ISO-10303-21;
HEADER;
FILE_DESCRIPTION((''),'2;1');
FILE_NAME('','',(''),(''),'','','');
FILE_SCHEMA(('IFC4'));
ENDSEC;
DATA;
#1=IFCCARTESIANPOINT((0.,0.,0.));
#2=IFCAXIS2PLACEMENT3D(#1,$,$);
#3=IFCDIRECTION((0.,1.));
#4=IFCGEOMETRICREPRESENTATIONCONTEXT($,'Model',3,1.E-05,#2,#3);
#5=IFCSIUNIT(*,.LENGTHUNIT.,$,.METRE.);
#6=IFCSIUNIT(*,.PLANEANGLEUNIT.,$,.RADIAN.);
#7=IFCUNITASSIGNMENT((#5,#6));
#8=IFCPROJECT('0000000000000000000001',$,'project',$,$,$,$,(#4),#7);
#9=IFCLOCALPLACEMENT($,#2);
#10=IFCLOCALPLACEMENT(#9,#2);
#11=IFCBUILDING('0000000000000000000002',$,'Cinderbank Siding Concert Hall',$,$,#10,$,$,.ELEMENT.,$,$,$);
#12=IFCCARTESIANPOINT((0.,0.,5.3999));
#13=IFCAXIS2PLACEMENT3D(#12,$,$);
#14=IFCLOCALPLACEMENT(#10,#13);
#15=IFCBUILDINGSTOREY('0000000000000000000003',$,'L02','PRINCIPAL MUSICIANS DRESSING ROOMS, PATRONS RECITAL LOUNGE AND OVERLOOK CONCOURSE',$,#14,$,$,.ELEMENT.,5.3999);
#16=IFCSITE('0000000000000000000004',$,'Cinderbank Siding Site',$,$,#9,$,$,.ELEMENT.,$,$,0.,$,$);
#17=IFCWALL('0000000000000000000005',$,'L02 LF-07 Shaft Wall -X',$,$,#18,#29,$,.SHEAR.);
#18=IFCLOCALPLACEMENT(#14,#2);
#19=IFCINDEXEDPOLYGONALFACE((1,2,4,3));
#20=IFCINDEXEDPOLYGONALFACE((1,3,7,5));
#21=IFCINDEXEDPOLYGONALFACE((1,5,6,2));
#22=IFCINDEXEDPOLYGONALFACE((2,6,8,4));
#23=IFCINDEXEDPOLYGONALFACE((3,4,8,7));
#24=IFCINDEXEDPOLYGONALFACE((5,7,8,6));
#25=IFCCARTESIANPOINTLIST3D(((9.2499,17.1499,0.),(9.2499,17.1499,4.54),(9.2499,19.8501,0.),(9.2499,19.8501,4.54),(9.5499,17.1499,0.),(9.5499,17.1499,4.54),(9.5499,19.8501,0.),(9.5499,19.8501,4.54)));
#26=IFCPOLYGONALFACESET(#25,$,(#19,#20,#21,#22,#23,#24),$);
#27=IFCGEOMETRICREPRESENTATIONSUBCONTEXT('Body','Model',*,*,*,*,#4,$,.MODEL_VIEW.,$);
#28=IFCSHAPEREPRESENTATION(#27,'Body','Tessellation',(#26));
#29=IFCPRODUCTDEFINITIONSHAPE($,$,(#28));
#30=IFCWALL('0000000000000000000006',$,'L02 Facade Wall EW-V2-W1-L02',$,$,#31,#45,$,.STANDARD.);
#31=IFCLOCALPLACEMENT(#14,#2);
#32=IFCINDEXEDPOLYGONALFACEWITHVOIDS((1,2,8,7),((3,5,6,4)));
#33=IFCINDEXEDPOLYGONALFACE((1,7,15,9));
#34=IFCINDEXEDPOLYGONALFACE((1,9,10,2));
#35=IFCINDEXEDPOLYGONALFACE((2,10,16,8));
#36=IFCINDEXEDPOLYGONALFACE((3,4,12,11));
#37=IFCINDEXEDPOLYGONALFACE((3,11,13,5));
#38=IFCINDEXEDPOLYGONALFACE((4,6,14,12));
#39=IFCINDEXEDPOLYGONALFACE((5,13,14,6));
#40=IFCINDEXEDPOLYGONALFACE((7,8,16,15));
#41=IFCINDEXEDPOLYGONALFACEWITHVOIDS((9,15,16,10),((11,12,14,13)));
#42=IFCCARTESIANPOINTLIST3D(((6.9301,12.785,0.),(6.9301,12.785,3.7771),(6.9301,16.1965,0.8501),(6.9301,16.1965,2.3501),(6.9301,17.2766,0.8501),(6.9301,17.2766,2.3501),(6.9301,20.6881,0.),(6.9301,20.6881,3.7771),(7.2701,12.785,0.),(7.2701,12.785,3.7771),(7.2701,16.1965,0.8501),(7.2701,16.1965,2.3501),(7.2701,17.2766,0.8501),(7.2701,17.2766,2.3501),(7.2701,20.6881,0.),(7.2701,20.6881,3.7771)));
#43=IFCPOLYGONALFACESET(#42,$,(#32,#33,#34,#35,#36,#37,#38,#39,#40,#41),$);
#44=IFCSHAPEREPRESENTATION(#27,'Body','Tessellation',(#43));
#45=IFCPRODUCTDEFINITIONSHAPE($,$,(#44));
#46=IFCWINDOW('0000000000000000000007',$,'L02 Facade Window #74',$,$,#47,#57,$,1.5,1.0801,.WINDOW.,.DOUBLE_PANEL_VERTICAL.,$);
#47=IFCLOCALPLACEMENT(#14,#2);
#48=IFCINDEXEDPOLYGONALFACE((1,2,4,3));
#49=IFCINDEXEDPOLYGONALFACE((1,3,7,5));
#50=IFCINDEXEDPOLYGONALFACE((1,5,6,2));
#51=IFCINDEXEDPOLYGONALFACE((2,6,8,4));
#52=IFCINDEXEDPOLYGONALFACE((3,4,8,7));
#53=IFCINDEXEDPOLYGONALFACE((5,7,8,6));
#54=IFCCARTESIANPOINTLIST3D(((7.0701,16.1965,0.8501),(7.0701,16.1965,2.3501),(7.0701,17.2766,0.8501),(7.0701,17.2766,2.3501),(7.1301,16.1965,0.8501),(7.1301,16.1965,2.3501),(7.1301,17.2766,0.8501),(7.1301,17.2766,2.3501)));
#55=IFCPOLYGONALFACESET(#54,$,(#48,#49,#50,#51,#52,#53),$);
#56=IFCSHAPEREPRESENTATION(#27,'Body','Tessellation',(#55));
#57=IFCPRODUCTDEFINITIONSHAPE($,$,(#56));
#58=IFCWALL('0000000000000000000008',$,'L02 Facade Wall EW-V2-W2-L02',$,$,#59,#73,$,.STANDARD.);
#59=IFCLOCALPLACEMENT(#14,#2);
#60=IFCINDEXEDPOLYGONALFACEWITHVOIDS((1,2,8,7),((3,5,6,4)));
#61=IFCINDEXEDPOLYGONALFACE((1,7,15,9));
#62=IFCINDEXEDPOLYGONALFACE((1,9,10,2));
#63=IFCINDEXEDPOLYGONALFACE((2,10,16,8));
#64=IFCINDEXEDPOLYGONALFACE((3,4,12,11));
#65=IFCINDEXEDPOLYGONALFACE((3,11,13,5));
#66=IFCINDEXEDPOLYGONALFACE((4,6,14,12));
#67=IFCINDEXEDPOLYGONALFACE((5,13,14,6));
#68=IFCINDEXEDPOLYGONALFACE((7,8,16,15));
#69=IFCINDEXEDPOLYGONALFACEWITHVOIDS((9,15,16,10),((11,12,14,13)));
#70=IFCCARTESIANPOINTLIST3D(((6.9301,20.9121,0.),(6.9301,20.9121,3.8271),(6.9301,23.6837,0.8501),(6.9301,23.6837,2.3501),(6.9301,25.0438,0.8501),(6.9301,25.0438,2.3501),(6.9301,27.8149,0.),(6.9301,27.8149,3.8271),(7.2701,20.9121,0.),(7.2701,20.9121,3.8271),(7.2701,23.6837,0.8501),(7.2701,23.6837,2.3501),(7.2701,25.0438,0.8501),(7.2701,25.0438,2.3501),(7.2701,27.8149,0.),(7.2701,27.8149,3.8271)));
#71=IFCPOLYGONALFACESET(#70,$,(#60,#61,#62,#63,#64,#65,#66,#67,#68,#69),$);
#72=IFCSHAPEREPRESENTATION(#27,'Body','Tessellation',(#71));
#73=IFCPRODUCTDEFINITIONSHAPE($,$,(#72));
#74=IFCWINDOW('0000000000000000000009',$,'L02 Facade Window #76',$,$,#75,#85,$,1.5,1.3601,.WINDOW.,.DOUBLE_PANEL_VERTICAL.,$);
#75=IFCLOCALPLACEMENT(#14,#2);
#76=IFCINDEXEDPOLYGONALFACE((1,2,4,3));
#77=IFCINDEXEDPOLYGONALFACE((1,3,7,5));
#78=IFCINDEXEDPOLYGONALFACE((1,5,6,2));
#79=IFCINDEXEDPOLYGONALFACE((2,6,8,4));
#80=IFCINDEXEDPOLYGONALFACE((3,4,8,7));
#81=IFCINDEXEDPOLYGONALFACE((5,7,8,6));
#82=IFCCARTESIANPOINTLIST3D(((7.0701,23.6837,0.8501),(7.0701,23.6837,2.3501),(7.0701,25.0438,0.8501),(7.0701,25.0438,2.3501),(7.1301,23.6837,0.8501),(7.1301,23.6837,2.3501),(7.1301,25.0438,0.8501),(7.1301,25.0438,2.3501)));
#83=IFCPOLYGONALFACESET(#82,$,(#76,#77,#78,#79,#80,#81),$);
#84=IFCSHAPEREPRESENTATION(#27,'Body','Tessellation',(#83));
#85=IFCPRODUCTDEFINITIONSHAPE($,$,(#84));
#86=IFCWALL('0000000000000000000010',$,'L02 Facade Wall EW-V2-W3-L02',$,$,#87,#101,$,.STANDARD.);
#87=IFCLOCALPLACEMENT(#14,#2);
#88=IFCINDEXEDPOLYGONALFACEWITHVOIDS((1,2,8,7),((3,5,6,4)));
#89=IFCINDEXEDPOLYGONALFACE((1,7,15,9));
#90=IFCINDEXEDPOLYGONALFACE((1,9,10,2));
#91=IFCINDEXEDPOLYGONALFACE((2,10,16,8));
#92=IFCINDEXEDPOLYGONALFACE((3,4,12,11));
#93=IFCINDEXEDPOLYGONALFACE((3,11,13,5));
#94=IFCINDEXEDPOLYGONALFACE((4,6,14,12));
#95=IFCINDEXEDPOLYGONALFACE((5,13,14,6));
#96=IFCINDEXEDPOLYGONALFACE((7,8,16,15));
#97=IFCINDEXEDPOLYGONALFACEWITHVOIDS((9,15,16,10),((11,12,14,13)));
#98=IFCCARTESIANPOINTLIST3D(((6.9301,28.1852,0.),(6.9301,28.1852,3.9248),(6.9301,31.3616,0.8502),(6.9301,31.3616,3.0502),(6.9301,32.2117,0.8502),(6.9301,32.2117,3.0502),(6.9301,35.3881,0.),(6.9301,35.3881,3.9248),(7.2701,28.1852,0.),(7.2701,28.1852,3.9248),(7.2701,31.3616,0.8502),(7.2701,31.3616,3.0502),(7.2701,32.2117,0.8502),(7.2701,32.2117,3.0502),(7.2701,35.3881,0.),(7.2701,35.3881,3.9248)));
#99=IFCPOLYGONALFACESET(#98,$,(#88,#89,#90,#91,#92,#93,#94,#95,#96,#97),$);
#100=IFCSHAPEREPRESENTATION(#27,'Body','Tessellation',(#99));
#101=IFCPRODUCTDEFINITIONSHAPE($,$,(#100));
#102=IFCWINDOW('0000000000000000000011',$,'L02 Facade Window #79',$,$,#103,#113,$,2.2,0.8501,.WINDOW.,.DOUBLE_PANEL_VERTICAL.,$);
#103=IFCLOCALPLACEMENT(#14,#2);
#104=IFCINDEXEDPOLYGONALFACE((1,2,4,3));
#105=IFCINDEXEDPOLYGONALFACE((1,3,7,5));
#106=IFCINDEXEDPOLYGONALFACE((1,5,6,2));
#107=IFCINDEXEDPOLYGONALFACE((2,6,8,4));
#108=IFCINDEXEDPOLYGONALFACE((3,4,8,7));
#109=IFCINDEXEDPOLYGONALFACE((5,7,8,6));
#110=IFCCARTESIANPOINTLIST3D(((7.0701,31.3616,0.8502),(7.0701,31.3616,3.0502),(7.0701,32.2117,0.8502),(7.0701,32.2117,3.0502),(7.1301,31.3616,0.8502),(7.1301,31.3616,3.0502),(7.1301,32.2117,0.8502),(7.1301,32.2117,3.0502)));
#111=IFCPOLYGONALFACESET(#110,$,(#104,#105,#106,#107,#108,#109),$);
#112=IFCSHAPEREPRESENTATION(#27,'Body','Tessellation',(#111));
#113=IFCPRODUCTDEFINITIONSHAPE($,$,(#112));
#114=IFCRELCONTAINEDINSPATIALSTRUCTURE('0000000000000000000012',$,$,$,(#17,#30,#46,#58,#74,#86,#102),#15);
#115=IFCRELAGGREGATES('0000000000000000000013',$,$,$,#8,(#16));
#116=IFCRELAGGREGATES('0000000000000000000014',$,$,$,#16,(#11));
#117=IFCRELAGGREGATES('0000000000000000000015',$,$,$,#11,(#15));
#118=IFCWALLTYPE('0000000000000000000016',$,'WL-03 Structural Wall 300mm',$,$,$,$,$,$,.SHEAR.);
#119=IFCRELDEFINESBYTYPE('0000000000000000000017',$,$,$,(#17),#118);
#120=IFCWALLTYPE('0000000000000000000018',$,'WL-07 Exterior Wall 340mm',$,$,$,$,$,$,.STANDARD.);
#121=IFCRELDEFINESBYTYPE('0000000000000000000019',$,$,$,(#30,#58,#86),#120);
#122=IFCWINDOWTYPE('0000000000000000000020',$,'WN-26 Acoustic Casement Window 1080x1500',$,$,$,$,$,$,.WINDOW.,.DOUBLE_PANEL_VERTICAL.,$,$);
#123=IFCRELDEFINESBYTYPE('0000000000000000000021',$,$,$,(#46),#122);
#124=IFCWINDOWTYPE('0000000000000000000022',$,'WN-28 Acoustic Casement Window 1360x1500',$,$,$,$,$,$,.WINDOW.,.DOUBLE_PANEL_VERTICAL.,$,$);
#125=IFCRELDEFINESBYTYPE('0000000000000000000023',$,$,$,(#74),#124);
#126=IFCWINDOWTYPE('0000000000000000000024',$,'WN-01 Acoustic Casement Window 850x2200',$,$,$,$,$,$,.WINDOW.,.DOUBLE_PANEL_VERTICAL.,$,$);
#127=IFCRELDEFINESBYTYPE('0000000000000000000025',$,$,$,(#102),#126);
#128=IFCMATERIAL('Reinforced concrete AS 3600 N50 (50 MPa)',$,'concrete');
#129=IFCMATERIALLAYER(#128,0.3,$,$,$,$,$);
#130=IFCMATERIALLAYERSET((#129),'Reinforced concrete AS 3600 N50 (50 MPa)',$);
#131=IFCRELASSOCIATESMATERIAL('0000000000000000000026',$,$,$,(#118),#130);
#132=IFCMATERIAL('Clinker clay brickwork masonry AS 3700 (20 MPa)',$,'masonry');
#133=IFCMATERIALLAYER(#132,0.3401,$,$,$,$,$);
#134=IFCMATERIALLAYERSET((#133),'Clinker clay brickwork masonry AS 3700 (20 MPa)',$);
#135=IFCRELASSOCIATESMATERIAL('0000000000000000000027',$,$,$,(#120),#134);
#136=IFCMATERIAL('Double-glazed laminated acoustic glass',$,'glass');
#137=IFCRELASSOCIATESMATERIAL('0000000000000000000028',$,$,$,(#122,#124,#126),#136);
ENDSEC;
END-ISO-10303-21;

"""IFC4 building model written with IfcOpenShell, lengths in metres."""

from ifc_helpers import new_model, si_unit, direction, frame, frame_2d, origin, place, context, subcontext, project, spatial, rectangle, extrude, material, layer, layer_set, type_object, element, fill, save


model = new_model("IFC4")

# Units and contexts
model_context = context("Model", 3, precision=1e-05, world=origin(), true_north=direction((0.0, 1.0)))
body_context = subcontext(model_context, "Body", "Model", "MODEL_VIEW")
ifc_project = project(units=[si_unit("LENGTHUNIT", "METRE"), si_unit("PLANEANGLEUNIT", "RADIAN")], contexts=[model_context])

# Site, building, storey
site_placement = place(None, origin())
site = spatial("IfcSite", under=ifc_project, at=site_placement, Name="Cinderbank Siding Site", CompositionType="ELEMENT", RefElevation=0.0)
building_placement = place(site_placement, origin())
building = spatial("IfcBuilding", under=site, at=building_placement, Name="Cinderbank Siding Concert Hall", CompositionType="ELEMENT")
storey_placement = place(building_placement, frame((0.0, 0.0, 5.3999)))
storey = spatial("IfcBuildingStorey", under=building, at=storey_placement, Name="L02", Description="PRINCIPAL MUSICIANS DRESSING ROOMS, PATRONS RECITAL LOUNGE AND OVERLOOK CONCOURSE", CompositionType="ELEMENT", Elevation=5.3999)

# Shared definitions
ifc_material_1 = material(Name="Reinforced concrete AS 3600 N50 (50 MPa)", Category="concrete")

# Shared definitions
ifc_layer_1 = layer(ifc_material_1, 0.3)
ifc_layer_set_1 = layer_set([ifc_layer_1], Name="Reinforced concrete AS 3600 N50 (50 MPa)")
wall_type_1 = type_object("IfcWallType", Name="WL-03 Structural Wall 300mm", PredefinedType="SHEAR", material=ifc_layer_set_1)

# Wall
wall_1_placement = place(storey_placement, frame((9.3999, 17.1499, 0.0), z_axis=(0.0, 0.0, 1.0), x_axis=(0.0, 1.0, 0.0)))
element("IfcWall", 1, at=wall_1_placement, inside=storey, type_object=wall_type_1, Name="L02 LF-07 Shaft Wall -X", PredefinedType="SHEAR", context=body_context, shape_type="SweptSolid", body=[
    extrude(rectangle(XDim=2.7002, YDim=0.3, at=frame_2d((1.3501, 0.0))), origin(), (0.0, 0.0, 1.0), 4.54),
])

# Walls, openings, windows
ifc_material_2 = material(Name="Clinker clay brickwork masonry AS 3700 (20 MPa)", Category="masonry")
ifc_layer_2 = layer(ifc_material_2, 0.3401)
ifc_layer_set_2 = layer_set([ifc_layer_2], Name="Clinker clay brickwork masonry AS 3700 (20 MPa)")
wall_type_2 = type_object("IfcWallType", Name="WL-07 Exterior Wall 340mm", PredefinedType="STANDARD", material=ifc_layer_set_2)
wall_2_placement = place(storey_placement, frame((7.1001, 12.7849, 0.0), z_axis=(0.0, 0.0, 1.0), x_axis=(0.0, 1.0, 0.0)))
wall_2 = element("IfcWall", 2, at=wall_2_placement, inside=storey, type_object=wall_type_2, Name="L02 Facade Wall EW-V2-W1-L02", PredefinedType="STANDARD", context=body_context, shape_type="SweptSolid", body=[
    extrude(rectangle(XDim=7.9031, YDim=0.3401, at=frame_2d((3.9517, 0.0))), origin(), (0.0, 0.0, 1.0), 3.7771),
])
opening_1_placement = place(wall_2_placement, frame((3.4116, 0.0, 0.8501)))
opening_1 = element("IfcOpeningElement", 3, at=opening_1_placement, cuts=wall_2, PredefinedType="OPENING", context=body_context, shape_type="SweptSolid", body=[
    extrude(rectangle(XDim=1.0801, YDim=1.5, at=frame_2d((0.54, 0.75))), frame((0.0, 0.1821, 0.0), z_axis=(0.0, -1.0, 0.0), x_axis=(1.0, 0.0, 0.0)), (0.0, 0.0, 1.0), 0.364),
])
ifc_material_3 = material(Name="Double-glazed laminated acoustic glass", Category="glass")
window_type_1 = type_object("IfcWindowType", Name="WN-26 Acoustic Casement Window 1080x1500", PartitioningType="DOUBLE_PANEL_VERTICAL", PredefinedType="WINDOW", material=ifc_material_3)
window_1_placement = place(opening_1_placement, origin())
window_1 = element("IfcWindow", 4, at=window_1_placement, inside=storey, type_object=window_type_1, Name="L02 Facade Window #74", OverallHeight=1.5, OverallWidth=1.0801, PartitioningType="DOUBLE_PANEL_VERTICAL", PredefinedType="WINDOW", context=body_context, shape_type="SweptSolid", body=[
    extrude(rectangle(XDim=1.0801, YDim=1.5, at=frame_2d((0.54, 0.75))), frame((0.0, 0.03, 0.0), z_axis=(0.0, -1.0, 0.0), x_axis=(1.0, 0.0, 0.0)), (0.0, 0.0, 1.0), 0.0601),
])
fill(opening_1, window_1)
wall_3_placement = place(storey_placement, frame((7.1001, 20.9121, 0.0), z_axis=(0.0, 0.0, 1.0), x_axis=(0.0, 1.0, 0.0)))
wall_3 = element("IfcWall", 5, at=wall_3_placement, inside=storey, type_object=wall_type_2, Name="L02 Facade Wall EW-V2-W2-L02", PredefinedType="STANDARD", context=body_context, shape_type="SweptSolid", body=[
    extrude(rectangle(XDim=6.9028, YDim=0.3401, at=frame_2d((3.4514, 0.0))), origin(), (0.0, 0.0, 1.0), 3.8271),
])
opening_2_placement = place(wall_3_placement, frame((2.7715, 0.0, 0.8501)))
opening_2 = element("IfcOpeningElement", 6, at=opening_2_placement, cuts=wall_3, PredefinedType="OPENING", context=body_context, shape_type="SweptSolid", body=[
    extrude(rectangle(XDim=1.3601, YDim=1.5, at=frame_2d((0.6802, 0.75))), frame((0.0, 0.1821, 0.0), z_axis=(0.0, -1.0, 0.0), x_axis=(1.0, 0.0, 0.0)), (0.0, 0.0, 1.0), 0.364),
])
window_type_2 = type_object("IfcWindowType", Name="WN-28 Acoustic Casement Window 1360x1500", PartitioningType="DOUBLE_PANEL_VERTICAL", PredefinedType="WINDOW", material=ifc_material_3)
window_2_placement = place(opening_2_placement, origin())
window_2 = element("IfcWindow", 7, at=window_2_placement, inside=storey, type_object=window_type_2, Name="L02 Facade Window #76", OverallHeight=1.5, OverallWidth=1.3601, PartitioningType="DOUBLE_PANEL_VERTICAL", PredefinedType="WINDOW", context=body_context, shape_type="SweptSolid", body=[
    extrude(rectangle(XDim=1.3601, YDim=1.5, at=frame_2d((0.6802, 0.75))), frame((0.0, 0.03, 0.0), z_axis=(0.0, -1.0, 0.0), x_axis=(1.0, 0.0, 0.0)), (0.0, 0.0, 1.0), 0.0601),
])
fill(opening_2, window_2)
wall_4_placement = place(storey_placement, frame((7.1001, 28.1851, 0.0), z_axis=(0.0, 0.0, 1.0), x_axis=(0.0, 1.0, 0.0)))
wall_4 = element("IfcWall", 8, at=wall_4_placement, inside=storey, type_object=wall_type_2, Name="L02 Facade Wall EW-V2-W3-L02", PredefinedType="STANDARD", context=body_context, shape_type="SweptSolid", body=[
    extrude(rectangle(XDim=7.2029, YDim=0.3401, at=frame_2d((3.6016, 0.0))), origin(), (0.0, 0.0, 1.0), 3.9248),
])
opening_3_placement = place(wall_4_placement, frame((3.1765, 0.0, 0.8501)))
opening_3 = element("IfcOpeningElement", 9, at=opening_3_placement, cuts=wall_4, PredefinedType="OPENING", context=body_context, shape_type="SweptSolid", body=[
    extrude(rectangle(XDim=0.8501, YDim=2.2, at=frame_2d((0.425, 1.1001))), frame((0.0, 0.1821, 0.0), z_axis=(0.0, -1.0, 0.0), x_axis=(1.0, 0.0, 0.0)), (0.0, 0.0, 1.0), 0.364),
])
window_type_3 = type_object("IfcWindowType", Name="WN-01 Acoustic Casement Window 850x2200", PartitioningType="DOUBLE_PANEL_VERTICAL", PredefinedType="WINDOW", material=ifc_material_3)
window_3_placement = place(opening_3_placement, origin())
window_3 = element("IfcWindow", 10, at=window_3_placement, inside=storey, type_object=window_type_3, Name="L02 Facade Window #79", OverallHeight=2.2, OverallWidth=0.8501, PartitioningType="DOUBLE_PANEL_VERTICAL", PredefinedType="WINDOW", context=body_context, shape_type="SweptSolid", body=[
    extrude(rectangle(XDim=0.8501, YDim=2.2, at=frame_2d((0.425, 1.1001))), frame((0.0, 0.03, 0.0), z_axis=(0.0, -1.0, 0.0), x_axis=(1.0, 0.0, 0.0)), (0.0, 0.0, 1.0), 0.0601),
])
fill(opening_3, window_3)

save(model, "model.ifc")
